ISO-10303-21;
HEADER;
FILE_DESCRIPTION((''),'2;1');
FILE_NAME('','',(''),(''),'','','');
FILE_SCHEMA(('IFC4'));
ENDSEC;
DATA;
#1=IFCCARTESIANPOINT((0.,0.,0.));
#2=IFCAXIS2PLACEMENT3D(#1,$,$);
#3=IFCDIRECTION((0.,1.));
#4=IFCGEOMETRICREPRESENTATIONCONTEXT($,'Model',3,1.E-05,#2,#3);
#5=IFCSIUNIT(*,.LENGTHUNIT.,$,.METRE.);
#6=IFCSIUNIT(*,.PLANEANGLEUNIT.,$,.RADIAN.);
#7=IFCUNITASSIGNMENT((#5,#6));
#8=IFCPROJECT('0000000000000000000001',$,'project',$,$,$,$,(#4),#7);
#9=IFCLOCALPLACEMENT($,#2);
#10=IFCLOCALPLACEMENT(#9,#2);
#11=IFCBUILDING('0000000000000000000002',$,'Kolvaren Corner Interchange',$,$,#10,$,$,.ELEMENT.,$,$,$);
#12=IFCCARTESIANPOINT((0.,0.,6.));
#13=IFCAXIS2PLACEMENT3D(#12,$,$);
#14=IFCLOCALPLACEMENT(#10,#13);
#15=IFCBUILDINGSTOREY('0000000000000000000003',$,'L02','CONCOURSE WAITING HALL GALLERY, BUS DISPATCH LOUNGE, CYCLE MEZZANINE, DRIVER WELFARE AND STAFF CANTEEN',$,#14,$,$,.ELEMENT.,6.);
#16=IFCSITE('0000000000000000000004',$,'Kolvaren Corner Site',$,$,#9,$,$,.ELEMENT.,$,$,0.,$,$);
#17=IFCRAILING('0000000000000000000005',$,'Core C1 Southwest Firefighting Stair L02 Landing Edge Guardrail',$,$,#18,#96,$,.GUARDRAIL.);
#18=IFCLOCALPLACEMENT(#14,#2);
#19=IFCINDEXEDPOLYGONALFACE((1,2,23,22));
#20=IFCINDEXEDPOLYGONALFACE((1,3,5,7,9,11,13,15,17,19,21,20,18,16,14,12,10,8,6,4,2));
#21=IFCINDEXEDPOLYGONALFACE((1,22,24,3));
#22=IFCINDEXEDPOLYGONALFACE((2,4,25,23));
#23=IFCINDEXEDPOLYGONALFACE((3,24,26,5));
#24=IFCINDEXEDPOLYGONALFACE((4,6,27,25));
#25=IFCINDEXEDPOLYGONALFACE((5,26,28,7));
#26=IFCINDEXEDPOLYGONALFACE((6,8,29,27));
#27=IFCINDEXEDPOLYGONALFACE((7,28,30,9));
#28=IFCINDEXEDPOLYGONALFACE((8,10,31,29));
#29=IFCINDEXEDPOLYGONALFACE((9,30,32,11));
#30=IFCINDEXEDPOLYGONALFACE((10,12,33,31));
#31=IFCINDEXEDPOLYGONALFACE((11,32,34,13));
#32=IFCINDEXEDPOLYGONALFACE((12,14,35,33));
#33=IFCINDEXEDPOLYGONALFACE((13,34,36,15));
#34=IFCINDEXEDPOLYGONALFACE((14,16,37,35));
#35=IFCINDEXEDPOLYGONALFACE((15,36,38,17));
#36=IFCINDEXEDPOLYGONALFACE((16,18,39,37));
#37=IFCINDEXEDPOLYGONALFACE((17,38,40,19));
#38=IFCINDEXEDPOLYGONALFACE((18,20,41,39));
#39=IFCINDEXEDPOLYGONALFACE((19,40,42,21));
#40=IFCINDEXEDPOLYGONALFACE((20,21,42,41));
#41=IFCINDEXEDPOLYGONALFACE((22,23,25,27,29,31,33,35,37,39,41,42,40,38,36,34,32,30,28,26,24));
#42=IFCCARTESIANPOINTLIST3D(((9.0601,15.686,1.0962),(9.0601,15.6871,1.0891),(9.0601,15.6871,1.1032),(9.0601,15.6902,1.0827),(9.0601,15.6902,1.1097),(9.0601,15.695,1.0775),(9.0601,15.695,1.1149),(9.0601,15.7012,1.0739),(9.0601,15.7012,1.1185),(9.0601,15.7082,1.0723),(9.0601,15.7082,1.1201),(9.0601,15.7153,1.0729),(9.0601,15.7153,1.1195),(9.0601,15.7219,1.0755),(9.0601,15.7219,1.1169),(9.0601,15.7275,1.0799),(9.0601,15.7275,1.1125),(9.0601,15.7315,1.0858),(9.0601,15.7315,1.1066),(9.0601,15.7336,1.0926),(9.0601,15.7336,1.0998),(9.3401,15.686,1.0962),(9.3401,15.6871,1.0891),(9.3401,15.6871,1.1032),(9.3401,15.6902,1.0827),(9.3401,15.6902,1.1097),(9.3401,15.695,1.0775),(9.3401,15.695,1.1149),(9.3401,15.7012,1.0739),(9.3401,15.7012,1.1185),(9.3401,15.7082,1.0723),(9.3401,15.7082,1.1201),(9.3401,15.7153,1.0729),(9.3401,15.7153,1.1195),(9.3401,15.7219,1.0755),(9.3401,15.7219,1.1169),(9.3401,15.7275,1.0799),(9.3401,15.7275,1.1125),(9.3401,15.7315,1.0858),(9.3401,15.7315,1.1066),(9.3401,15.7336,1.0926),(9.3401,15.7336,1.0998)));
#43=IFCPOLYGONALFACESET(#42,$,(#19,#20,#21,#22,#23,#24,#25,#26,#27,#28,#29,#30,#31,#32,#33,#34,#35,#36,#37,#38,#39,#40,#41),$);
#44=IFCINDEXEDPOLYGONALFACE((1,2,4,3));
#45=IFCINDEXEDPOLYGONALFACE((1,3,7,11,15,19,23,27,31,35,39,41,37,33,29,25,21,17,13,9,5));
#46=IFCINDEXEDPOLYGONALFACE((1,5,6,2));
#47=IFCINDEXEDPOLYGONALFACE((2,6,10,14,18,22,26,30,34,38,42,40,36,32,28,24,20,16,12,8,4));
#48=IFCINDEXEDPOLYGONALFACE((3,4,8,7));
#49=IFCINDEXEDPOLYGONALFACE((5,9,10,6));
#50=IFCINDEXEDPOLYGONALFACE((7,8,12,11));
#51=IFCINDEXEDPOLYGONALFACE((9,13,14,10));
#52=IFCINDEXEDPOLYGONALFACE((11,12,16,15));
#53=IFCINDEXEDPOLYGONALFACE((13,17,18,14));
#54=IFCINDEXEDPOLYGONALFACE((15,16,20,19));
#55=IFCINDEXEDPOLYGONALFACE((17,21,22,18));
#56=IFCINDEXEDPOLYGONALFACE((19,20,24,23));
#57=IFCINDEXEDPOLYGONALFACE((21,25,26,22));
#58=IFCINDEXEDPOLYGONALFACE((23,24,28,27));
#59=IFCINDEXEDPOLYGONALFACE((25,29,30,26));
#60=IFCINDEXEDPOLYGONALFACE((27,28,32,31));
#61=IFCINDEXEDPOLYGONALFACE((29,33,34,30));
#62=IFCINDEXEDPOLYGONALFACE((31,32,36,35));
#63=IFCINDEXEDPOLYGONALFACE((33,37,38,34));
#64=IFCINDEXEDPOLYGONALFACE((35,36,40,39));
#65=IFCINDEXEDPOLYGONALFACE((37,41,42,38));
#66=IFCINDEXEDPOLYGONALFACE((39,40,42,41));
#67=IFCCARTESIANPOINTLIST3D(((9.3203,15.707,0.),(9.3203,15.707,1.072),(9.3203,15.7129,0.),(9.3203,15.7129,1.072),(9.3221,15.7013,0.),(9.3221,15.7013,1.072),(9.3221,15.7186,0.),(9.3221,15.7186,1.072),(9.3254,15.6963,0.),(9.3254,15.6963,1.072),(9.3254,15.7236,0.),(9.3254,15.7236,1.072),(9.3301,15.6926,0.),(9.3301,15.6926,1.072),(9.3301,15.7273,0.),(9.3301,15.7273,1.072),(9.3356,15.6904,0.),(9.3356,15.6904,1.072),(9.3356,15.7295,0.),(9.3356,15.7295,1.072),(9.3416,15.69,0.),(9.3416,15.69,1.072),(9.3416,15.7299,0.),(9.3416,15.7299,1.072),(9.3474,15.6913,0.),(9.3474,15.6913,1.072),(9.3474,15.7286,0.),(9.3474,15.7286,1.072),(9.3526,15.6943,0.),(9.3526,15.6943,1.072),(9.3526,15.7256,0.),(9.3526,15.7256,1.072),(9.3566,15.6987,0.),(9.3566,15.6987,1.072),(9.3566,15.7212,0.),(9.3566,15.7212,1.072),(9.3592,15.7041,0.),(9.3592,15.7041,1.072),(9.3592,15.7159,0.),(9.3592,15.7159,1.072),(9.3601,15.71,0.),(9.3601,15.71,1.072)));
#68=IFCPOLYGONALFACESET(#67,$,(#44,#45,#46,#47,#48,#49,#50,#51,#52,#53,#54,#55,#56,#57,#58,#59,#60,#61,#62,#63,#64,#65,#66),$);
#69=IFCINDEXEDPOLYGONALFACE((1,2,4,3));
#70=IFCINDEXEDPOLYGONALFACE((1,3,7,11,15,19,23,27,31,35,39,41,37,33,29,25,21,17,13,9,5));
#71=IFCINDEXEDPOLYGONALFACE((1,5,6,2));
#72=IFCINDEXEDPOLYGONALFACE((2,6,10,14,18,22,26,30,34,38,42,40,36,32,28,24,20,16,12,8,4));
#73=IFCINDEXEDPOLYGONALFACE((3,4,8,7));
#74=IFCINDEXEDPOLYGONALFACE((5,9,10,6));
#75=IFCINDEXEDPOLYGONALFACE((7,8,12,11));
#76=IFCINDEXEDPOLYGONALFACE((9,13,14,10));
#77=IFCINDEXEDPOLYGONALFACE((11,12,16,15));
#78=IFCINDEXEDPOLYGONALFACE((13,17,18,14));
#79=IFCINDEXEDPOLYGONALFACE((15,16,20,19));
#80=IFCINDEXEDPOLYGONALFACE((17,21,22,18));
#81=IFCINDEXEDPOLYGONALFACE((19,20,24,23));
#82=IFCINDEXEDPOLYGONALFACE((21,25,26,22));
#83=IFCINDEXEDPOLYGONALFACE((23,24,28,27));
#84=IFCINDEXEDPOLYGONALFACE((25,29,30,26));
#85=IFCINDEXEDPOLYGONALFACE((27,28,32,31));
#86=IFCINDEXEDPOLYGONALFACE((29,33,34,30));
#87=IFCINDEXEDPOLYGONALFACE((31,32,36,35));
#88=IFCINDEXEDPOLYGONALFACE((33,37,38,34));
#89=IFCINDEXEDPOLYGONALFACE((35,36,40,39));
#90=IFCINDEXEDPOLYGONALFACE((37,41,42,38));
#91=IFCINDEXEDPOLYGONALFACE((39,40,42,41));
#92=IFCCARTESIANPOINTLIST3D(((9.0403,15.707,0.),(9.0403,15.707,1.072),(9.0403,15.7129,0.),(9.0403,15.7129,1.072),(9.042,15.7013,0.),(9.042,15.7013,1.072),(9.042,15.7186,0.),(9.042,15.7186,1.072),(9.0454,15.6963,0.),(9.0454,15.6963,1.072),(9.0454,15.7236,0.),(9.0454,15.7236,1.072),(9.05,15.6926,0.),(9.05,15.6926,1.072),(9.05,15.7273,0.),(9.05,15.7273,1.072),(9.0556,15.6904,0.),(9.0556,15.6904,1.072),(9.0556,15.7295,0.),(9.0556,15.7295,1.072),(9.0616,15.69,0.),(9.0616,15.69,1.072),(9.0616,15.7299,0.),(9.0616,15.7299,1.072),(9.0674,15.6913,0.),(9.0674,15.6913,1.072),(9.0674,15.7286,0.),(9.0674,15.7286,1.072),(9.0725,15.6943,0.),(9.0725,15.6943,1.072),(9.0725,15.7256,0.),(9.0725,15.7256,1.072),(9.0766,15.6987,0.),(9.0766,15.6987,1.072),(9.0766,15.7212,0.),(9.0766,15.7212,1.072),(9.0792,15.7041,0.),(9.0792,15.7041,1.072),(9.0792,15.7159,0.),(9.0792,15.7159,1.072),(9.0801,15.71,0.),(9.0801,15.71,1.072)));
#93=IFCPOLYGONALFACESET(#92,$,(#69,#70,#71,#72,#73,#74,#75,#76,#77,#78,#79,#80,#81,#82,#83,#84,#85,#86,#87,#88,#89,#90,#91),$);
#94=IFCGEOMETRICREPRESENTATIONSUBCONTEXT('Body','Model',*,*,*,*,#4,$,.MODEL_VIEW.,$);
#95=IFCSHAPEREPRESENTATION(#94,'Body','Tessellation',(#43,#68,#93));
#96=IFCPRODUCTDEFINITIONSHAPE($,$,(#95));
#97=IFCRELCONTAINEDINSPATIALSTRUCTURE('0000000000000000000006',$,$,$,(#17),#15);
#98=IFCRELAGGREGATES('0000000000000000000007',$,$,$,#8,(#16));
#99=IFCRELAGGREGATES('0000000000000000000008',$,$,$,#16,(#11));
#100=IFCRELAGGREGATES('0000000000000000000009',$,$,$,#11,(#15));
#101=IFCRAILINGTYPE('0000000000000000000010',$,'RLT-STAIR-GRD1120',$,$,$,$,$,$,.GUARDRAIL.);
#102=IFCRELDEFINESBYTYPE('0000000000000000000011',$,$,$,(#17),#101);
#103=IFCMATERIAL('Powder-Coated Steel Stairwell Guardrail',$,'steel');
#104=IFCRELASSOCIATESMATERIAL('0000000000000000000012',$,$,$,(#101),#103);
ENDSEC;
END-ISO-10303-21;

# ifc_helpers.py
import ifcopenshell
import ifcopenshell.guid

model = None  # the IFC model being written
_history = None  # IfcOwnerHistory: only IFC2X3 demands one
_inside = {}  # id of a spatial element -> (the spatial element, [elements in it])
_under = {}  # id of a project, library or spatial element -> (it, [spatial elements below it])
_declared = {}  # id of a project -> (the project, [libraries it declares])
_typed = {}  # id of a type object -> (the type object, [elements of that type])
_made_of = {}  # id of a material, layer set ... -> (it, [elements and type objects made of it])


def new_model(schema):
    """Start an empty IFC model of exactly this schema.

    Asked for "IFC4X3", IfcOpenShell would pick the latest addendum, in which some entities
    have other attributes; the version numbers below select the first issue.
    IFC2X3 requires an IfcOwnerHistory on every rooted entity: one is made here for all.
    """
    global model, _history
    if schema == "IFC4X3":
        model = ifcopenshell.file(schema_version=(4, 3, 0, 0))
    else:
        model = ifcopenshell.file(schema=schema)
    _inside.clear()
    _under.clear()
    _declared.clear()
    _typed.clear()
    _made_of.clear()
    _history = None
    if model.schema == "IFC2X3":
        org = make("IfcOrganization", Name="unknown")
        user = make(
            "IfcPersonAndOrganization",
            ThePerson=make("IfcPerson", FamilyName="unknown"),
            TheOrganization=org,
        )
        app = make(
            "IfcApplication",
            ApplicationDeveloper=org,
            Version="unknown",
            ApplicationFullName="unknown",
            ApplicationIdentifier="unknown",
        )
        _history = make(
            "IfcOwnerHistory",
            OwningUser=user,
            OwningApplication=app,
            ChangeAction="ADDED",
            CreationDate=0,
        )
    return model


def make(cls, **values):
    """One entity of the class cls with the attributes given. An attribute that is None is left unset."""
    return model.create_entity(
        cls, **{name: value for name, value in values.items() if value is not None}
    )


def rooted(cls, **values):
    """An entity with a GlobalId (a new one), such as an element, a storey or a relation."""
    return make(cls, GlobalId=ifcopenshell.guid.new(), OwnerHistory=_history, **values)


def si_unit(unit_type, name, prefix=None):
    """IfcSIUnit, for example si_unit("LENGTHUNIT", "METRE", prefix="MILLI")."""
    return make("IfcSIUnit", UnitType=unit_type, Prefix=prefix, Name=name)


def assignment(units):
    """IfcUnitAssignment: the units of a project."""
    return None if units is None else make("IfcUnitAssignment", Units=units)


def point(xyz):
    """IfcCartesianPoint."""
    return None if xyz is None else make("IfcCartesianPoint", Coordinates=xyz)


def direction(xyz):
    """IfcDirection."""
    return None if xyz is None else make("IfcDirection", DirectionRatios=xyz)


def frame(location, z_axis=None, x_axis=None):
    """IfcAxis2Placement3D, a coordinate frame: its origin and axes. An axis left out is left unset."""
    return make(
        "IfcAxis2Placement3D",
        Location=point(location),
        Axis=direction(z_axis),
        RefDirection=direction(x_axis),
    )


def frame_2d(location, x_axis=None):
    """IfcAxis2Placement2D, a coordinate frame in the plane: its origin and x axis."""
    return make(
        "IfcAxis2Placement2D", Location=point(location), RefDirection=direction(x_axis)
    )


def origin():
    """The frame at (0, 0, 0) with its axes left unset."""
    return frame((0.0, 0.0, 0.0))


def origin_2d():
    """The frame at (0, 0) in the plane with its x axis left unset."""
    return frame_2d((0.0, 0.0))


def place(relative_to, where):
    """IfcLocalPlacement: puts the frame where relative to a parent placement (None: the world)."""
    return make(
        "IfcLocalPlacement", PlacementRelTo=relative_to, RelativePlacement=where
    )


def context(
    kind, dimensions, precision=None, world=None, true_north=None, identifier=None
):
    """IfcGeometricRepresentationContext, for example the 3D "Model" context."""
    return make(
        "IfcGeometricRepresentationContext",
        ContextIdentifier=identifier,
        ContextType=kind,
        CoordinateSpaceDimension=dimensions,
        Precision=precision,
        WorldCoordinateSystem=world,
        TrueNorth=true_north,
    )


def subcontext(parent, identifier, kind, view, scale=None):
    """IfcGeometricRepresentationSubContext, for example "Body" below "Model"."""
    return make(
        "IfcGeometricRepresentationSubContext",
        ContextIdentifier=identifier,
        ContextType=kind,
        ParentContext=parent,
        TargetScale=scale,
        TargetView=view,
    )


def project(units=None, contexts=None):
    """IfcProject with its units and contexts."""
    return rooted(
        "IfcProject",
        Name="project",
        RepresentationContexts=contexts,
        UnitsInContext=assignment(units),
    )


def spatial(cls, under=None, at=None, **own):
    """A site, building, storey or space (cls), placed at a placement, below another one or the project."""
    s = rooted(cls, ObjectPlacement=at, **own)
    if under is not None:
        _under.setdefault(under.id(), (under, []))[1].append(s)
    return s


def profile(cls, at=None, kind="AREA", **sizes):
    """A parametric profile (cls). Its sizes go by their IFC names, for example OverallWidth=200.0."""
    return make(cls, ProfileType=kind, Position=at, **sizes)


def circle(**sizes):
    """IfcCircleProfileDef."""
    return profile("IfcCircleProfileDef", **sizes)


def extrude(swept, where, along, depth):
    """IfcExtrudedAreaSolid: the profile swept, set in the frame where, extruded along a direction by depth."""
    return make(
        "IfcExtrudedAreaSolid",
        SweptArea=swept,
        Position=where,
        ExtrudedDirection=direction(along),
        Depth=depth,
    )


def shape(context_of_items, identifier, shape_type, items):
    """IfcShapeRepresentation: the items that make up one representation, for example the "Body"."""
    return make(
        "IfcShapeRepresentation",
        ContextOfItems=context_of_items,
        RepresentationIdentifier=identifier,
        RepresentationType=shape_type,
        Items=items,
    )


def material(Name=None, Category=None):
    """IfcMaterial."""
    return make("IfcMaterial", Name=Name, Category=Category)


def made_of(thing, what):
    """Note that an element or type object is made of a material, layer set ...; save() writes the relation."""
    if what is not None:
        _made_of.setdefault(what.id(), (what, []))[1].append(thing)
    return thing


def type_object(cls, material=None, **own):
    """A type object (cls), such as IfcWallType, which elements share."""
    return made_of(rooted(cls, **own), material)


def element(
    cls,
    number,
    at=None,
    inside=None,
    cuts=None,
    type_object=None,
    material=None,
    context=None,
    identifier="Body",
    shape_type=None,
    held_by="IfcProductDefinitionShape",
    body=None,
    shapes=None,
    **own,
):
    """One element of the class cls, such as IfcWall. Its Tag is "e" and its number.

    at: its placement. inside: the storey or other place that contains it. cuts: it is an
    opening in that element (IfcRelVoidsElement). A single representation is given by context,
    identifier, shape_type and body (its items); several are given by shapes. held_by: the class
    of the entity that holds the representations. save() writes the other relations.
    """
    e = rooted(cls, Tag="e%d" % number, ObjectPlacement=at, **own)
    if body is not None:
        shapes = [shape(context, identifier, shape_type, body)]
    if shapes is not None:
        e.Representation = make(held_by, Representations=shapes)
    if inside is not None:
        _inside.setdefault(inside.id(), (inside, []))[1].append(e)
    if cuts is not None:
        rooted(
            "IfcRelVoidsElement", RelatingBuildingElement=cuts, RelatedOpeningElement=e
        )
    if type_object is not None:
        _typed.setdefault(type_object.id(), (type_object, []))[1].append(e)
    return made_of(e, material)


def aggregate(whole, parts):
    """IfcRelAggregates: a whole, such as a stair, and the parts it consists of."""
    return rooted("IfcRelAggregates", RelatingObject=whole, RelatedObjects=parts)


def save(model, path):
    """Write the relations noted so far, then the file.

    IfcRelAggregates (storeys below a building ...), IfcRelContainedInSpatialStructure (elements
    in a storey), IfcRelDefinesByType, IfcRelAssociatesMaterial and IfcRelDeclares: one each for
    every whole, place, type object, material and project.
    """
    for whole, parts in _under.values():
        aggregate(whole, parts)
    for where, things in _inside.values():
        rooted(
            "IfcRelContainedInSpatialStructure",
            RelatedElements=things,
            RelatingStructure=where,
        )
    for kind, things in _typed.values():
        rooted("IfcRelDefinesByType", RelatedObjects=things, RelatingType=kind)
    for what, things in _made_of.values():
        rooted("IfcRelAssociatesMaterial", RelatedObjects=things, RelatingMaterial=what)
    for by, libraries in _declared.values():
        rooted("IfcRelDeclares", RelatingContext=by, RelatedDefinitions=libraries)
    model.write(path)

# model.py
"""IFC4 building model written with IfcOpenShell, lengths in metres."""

from ifc_helpers import new_model, si_unit, direction, frame, origin, origin_2d, place, context, subcontext, project, spatial, circle, extrude, material, type_object, element, save


model = new_model("IFC4")

# Units and contexts
model_context = context("Model", 3, precision=1e-05, world=origin(), true_north=direction((0.0, 1.0)))
body_context = subcontext(model_context, "Body", "Model", "MODEL_VIEW")
ifc_project = project(units=[si_unit("LENGTHUNIT", "METRE"), si_unit("PLANEANGLEUNIT", "RADIAN")], contexts=[model_context])

# Site, building, storey
site_placement = place(None, origin())
site = spatial("IfcSite", under=ifc_project, at=site_placement, Name="Kolvaren Corner Site", CompositionType="ELEMENT", RefElevation=0.0)
building_placement = place(site_placement, origin())
building = spatial("IfcBuilding", under=site, at=building_placement, Name="Kolvaren Corner Interchange", CompositionType="ELEMENT")
storey_placement = place(building_placement, frame((0.0, 0.0, 6.0)))
storey = spatial("IfcBuildingStorey", under=building, at=storey_placement, Name="L02", Description="CONCOURSE WAITING HALL GALLERY, BUS DISPATCH LOUNGE, CYCLE MEZZANINE, DRIVER WELFARE AND STAFF CANTEEN", CompositionType="ELEMENT", Elevation=6.0)

# Railing
ifc_material_1 = material(Name="Powder-Coated Steel Stairwell Guardrail", Category="steel")
railing_type_1 = type_object("IfcRailingType", Name="RLT-STAIR-GRD1120", PredefinedType="GUARDRAIL", material=ifc_material_1)
railing_1_placement = place(storey_placement, frame((9.3401, 15.71, 0.0)))
element("IfcRailing", 1, at=railing_1_placement, inside=storey, type_object=railing_type_1, Name="Core C1 Southwest Firefighting Stair L02 Landing Edge Guardrail", PredefinedType="GUARDRAIL", context=body_context, shape_type="SweptSolid", body=[
    extrude(circle(Radius=0.0239, at=origin_2d()), frame((0.0, 0.0, 1.0962), z_axis=(-1.0, 0.0, 0.0), x_axis=(0.0, -1.0, 0.0)), (0.0, 0.0, 1.0), 0.28),
    extrude(circle(Radius=0.02, at=origin_2d()), origin(), (0.0, 0.0, 1.0), 1.072),
    extrude(circle(Radius=0.02, at=origin_2d()), frame((-0.28, 0.0, 0.0)), (0.0, 0.0, 1.0), 1.072),
])

save(model, "model.ifc")
